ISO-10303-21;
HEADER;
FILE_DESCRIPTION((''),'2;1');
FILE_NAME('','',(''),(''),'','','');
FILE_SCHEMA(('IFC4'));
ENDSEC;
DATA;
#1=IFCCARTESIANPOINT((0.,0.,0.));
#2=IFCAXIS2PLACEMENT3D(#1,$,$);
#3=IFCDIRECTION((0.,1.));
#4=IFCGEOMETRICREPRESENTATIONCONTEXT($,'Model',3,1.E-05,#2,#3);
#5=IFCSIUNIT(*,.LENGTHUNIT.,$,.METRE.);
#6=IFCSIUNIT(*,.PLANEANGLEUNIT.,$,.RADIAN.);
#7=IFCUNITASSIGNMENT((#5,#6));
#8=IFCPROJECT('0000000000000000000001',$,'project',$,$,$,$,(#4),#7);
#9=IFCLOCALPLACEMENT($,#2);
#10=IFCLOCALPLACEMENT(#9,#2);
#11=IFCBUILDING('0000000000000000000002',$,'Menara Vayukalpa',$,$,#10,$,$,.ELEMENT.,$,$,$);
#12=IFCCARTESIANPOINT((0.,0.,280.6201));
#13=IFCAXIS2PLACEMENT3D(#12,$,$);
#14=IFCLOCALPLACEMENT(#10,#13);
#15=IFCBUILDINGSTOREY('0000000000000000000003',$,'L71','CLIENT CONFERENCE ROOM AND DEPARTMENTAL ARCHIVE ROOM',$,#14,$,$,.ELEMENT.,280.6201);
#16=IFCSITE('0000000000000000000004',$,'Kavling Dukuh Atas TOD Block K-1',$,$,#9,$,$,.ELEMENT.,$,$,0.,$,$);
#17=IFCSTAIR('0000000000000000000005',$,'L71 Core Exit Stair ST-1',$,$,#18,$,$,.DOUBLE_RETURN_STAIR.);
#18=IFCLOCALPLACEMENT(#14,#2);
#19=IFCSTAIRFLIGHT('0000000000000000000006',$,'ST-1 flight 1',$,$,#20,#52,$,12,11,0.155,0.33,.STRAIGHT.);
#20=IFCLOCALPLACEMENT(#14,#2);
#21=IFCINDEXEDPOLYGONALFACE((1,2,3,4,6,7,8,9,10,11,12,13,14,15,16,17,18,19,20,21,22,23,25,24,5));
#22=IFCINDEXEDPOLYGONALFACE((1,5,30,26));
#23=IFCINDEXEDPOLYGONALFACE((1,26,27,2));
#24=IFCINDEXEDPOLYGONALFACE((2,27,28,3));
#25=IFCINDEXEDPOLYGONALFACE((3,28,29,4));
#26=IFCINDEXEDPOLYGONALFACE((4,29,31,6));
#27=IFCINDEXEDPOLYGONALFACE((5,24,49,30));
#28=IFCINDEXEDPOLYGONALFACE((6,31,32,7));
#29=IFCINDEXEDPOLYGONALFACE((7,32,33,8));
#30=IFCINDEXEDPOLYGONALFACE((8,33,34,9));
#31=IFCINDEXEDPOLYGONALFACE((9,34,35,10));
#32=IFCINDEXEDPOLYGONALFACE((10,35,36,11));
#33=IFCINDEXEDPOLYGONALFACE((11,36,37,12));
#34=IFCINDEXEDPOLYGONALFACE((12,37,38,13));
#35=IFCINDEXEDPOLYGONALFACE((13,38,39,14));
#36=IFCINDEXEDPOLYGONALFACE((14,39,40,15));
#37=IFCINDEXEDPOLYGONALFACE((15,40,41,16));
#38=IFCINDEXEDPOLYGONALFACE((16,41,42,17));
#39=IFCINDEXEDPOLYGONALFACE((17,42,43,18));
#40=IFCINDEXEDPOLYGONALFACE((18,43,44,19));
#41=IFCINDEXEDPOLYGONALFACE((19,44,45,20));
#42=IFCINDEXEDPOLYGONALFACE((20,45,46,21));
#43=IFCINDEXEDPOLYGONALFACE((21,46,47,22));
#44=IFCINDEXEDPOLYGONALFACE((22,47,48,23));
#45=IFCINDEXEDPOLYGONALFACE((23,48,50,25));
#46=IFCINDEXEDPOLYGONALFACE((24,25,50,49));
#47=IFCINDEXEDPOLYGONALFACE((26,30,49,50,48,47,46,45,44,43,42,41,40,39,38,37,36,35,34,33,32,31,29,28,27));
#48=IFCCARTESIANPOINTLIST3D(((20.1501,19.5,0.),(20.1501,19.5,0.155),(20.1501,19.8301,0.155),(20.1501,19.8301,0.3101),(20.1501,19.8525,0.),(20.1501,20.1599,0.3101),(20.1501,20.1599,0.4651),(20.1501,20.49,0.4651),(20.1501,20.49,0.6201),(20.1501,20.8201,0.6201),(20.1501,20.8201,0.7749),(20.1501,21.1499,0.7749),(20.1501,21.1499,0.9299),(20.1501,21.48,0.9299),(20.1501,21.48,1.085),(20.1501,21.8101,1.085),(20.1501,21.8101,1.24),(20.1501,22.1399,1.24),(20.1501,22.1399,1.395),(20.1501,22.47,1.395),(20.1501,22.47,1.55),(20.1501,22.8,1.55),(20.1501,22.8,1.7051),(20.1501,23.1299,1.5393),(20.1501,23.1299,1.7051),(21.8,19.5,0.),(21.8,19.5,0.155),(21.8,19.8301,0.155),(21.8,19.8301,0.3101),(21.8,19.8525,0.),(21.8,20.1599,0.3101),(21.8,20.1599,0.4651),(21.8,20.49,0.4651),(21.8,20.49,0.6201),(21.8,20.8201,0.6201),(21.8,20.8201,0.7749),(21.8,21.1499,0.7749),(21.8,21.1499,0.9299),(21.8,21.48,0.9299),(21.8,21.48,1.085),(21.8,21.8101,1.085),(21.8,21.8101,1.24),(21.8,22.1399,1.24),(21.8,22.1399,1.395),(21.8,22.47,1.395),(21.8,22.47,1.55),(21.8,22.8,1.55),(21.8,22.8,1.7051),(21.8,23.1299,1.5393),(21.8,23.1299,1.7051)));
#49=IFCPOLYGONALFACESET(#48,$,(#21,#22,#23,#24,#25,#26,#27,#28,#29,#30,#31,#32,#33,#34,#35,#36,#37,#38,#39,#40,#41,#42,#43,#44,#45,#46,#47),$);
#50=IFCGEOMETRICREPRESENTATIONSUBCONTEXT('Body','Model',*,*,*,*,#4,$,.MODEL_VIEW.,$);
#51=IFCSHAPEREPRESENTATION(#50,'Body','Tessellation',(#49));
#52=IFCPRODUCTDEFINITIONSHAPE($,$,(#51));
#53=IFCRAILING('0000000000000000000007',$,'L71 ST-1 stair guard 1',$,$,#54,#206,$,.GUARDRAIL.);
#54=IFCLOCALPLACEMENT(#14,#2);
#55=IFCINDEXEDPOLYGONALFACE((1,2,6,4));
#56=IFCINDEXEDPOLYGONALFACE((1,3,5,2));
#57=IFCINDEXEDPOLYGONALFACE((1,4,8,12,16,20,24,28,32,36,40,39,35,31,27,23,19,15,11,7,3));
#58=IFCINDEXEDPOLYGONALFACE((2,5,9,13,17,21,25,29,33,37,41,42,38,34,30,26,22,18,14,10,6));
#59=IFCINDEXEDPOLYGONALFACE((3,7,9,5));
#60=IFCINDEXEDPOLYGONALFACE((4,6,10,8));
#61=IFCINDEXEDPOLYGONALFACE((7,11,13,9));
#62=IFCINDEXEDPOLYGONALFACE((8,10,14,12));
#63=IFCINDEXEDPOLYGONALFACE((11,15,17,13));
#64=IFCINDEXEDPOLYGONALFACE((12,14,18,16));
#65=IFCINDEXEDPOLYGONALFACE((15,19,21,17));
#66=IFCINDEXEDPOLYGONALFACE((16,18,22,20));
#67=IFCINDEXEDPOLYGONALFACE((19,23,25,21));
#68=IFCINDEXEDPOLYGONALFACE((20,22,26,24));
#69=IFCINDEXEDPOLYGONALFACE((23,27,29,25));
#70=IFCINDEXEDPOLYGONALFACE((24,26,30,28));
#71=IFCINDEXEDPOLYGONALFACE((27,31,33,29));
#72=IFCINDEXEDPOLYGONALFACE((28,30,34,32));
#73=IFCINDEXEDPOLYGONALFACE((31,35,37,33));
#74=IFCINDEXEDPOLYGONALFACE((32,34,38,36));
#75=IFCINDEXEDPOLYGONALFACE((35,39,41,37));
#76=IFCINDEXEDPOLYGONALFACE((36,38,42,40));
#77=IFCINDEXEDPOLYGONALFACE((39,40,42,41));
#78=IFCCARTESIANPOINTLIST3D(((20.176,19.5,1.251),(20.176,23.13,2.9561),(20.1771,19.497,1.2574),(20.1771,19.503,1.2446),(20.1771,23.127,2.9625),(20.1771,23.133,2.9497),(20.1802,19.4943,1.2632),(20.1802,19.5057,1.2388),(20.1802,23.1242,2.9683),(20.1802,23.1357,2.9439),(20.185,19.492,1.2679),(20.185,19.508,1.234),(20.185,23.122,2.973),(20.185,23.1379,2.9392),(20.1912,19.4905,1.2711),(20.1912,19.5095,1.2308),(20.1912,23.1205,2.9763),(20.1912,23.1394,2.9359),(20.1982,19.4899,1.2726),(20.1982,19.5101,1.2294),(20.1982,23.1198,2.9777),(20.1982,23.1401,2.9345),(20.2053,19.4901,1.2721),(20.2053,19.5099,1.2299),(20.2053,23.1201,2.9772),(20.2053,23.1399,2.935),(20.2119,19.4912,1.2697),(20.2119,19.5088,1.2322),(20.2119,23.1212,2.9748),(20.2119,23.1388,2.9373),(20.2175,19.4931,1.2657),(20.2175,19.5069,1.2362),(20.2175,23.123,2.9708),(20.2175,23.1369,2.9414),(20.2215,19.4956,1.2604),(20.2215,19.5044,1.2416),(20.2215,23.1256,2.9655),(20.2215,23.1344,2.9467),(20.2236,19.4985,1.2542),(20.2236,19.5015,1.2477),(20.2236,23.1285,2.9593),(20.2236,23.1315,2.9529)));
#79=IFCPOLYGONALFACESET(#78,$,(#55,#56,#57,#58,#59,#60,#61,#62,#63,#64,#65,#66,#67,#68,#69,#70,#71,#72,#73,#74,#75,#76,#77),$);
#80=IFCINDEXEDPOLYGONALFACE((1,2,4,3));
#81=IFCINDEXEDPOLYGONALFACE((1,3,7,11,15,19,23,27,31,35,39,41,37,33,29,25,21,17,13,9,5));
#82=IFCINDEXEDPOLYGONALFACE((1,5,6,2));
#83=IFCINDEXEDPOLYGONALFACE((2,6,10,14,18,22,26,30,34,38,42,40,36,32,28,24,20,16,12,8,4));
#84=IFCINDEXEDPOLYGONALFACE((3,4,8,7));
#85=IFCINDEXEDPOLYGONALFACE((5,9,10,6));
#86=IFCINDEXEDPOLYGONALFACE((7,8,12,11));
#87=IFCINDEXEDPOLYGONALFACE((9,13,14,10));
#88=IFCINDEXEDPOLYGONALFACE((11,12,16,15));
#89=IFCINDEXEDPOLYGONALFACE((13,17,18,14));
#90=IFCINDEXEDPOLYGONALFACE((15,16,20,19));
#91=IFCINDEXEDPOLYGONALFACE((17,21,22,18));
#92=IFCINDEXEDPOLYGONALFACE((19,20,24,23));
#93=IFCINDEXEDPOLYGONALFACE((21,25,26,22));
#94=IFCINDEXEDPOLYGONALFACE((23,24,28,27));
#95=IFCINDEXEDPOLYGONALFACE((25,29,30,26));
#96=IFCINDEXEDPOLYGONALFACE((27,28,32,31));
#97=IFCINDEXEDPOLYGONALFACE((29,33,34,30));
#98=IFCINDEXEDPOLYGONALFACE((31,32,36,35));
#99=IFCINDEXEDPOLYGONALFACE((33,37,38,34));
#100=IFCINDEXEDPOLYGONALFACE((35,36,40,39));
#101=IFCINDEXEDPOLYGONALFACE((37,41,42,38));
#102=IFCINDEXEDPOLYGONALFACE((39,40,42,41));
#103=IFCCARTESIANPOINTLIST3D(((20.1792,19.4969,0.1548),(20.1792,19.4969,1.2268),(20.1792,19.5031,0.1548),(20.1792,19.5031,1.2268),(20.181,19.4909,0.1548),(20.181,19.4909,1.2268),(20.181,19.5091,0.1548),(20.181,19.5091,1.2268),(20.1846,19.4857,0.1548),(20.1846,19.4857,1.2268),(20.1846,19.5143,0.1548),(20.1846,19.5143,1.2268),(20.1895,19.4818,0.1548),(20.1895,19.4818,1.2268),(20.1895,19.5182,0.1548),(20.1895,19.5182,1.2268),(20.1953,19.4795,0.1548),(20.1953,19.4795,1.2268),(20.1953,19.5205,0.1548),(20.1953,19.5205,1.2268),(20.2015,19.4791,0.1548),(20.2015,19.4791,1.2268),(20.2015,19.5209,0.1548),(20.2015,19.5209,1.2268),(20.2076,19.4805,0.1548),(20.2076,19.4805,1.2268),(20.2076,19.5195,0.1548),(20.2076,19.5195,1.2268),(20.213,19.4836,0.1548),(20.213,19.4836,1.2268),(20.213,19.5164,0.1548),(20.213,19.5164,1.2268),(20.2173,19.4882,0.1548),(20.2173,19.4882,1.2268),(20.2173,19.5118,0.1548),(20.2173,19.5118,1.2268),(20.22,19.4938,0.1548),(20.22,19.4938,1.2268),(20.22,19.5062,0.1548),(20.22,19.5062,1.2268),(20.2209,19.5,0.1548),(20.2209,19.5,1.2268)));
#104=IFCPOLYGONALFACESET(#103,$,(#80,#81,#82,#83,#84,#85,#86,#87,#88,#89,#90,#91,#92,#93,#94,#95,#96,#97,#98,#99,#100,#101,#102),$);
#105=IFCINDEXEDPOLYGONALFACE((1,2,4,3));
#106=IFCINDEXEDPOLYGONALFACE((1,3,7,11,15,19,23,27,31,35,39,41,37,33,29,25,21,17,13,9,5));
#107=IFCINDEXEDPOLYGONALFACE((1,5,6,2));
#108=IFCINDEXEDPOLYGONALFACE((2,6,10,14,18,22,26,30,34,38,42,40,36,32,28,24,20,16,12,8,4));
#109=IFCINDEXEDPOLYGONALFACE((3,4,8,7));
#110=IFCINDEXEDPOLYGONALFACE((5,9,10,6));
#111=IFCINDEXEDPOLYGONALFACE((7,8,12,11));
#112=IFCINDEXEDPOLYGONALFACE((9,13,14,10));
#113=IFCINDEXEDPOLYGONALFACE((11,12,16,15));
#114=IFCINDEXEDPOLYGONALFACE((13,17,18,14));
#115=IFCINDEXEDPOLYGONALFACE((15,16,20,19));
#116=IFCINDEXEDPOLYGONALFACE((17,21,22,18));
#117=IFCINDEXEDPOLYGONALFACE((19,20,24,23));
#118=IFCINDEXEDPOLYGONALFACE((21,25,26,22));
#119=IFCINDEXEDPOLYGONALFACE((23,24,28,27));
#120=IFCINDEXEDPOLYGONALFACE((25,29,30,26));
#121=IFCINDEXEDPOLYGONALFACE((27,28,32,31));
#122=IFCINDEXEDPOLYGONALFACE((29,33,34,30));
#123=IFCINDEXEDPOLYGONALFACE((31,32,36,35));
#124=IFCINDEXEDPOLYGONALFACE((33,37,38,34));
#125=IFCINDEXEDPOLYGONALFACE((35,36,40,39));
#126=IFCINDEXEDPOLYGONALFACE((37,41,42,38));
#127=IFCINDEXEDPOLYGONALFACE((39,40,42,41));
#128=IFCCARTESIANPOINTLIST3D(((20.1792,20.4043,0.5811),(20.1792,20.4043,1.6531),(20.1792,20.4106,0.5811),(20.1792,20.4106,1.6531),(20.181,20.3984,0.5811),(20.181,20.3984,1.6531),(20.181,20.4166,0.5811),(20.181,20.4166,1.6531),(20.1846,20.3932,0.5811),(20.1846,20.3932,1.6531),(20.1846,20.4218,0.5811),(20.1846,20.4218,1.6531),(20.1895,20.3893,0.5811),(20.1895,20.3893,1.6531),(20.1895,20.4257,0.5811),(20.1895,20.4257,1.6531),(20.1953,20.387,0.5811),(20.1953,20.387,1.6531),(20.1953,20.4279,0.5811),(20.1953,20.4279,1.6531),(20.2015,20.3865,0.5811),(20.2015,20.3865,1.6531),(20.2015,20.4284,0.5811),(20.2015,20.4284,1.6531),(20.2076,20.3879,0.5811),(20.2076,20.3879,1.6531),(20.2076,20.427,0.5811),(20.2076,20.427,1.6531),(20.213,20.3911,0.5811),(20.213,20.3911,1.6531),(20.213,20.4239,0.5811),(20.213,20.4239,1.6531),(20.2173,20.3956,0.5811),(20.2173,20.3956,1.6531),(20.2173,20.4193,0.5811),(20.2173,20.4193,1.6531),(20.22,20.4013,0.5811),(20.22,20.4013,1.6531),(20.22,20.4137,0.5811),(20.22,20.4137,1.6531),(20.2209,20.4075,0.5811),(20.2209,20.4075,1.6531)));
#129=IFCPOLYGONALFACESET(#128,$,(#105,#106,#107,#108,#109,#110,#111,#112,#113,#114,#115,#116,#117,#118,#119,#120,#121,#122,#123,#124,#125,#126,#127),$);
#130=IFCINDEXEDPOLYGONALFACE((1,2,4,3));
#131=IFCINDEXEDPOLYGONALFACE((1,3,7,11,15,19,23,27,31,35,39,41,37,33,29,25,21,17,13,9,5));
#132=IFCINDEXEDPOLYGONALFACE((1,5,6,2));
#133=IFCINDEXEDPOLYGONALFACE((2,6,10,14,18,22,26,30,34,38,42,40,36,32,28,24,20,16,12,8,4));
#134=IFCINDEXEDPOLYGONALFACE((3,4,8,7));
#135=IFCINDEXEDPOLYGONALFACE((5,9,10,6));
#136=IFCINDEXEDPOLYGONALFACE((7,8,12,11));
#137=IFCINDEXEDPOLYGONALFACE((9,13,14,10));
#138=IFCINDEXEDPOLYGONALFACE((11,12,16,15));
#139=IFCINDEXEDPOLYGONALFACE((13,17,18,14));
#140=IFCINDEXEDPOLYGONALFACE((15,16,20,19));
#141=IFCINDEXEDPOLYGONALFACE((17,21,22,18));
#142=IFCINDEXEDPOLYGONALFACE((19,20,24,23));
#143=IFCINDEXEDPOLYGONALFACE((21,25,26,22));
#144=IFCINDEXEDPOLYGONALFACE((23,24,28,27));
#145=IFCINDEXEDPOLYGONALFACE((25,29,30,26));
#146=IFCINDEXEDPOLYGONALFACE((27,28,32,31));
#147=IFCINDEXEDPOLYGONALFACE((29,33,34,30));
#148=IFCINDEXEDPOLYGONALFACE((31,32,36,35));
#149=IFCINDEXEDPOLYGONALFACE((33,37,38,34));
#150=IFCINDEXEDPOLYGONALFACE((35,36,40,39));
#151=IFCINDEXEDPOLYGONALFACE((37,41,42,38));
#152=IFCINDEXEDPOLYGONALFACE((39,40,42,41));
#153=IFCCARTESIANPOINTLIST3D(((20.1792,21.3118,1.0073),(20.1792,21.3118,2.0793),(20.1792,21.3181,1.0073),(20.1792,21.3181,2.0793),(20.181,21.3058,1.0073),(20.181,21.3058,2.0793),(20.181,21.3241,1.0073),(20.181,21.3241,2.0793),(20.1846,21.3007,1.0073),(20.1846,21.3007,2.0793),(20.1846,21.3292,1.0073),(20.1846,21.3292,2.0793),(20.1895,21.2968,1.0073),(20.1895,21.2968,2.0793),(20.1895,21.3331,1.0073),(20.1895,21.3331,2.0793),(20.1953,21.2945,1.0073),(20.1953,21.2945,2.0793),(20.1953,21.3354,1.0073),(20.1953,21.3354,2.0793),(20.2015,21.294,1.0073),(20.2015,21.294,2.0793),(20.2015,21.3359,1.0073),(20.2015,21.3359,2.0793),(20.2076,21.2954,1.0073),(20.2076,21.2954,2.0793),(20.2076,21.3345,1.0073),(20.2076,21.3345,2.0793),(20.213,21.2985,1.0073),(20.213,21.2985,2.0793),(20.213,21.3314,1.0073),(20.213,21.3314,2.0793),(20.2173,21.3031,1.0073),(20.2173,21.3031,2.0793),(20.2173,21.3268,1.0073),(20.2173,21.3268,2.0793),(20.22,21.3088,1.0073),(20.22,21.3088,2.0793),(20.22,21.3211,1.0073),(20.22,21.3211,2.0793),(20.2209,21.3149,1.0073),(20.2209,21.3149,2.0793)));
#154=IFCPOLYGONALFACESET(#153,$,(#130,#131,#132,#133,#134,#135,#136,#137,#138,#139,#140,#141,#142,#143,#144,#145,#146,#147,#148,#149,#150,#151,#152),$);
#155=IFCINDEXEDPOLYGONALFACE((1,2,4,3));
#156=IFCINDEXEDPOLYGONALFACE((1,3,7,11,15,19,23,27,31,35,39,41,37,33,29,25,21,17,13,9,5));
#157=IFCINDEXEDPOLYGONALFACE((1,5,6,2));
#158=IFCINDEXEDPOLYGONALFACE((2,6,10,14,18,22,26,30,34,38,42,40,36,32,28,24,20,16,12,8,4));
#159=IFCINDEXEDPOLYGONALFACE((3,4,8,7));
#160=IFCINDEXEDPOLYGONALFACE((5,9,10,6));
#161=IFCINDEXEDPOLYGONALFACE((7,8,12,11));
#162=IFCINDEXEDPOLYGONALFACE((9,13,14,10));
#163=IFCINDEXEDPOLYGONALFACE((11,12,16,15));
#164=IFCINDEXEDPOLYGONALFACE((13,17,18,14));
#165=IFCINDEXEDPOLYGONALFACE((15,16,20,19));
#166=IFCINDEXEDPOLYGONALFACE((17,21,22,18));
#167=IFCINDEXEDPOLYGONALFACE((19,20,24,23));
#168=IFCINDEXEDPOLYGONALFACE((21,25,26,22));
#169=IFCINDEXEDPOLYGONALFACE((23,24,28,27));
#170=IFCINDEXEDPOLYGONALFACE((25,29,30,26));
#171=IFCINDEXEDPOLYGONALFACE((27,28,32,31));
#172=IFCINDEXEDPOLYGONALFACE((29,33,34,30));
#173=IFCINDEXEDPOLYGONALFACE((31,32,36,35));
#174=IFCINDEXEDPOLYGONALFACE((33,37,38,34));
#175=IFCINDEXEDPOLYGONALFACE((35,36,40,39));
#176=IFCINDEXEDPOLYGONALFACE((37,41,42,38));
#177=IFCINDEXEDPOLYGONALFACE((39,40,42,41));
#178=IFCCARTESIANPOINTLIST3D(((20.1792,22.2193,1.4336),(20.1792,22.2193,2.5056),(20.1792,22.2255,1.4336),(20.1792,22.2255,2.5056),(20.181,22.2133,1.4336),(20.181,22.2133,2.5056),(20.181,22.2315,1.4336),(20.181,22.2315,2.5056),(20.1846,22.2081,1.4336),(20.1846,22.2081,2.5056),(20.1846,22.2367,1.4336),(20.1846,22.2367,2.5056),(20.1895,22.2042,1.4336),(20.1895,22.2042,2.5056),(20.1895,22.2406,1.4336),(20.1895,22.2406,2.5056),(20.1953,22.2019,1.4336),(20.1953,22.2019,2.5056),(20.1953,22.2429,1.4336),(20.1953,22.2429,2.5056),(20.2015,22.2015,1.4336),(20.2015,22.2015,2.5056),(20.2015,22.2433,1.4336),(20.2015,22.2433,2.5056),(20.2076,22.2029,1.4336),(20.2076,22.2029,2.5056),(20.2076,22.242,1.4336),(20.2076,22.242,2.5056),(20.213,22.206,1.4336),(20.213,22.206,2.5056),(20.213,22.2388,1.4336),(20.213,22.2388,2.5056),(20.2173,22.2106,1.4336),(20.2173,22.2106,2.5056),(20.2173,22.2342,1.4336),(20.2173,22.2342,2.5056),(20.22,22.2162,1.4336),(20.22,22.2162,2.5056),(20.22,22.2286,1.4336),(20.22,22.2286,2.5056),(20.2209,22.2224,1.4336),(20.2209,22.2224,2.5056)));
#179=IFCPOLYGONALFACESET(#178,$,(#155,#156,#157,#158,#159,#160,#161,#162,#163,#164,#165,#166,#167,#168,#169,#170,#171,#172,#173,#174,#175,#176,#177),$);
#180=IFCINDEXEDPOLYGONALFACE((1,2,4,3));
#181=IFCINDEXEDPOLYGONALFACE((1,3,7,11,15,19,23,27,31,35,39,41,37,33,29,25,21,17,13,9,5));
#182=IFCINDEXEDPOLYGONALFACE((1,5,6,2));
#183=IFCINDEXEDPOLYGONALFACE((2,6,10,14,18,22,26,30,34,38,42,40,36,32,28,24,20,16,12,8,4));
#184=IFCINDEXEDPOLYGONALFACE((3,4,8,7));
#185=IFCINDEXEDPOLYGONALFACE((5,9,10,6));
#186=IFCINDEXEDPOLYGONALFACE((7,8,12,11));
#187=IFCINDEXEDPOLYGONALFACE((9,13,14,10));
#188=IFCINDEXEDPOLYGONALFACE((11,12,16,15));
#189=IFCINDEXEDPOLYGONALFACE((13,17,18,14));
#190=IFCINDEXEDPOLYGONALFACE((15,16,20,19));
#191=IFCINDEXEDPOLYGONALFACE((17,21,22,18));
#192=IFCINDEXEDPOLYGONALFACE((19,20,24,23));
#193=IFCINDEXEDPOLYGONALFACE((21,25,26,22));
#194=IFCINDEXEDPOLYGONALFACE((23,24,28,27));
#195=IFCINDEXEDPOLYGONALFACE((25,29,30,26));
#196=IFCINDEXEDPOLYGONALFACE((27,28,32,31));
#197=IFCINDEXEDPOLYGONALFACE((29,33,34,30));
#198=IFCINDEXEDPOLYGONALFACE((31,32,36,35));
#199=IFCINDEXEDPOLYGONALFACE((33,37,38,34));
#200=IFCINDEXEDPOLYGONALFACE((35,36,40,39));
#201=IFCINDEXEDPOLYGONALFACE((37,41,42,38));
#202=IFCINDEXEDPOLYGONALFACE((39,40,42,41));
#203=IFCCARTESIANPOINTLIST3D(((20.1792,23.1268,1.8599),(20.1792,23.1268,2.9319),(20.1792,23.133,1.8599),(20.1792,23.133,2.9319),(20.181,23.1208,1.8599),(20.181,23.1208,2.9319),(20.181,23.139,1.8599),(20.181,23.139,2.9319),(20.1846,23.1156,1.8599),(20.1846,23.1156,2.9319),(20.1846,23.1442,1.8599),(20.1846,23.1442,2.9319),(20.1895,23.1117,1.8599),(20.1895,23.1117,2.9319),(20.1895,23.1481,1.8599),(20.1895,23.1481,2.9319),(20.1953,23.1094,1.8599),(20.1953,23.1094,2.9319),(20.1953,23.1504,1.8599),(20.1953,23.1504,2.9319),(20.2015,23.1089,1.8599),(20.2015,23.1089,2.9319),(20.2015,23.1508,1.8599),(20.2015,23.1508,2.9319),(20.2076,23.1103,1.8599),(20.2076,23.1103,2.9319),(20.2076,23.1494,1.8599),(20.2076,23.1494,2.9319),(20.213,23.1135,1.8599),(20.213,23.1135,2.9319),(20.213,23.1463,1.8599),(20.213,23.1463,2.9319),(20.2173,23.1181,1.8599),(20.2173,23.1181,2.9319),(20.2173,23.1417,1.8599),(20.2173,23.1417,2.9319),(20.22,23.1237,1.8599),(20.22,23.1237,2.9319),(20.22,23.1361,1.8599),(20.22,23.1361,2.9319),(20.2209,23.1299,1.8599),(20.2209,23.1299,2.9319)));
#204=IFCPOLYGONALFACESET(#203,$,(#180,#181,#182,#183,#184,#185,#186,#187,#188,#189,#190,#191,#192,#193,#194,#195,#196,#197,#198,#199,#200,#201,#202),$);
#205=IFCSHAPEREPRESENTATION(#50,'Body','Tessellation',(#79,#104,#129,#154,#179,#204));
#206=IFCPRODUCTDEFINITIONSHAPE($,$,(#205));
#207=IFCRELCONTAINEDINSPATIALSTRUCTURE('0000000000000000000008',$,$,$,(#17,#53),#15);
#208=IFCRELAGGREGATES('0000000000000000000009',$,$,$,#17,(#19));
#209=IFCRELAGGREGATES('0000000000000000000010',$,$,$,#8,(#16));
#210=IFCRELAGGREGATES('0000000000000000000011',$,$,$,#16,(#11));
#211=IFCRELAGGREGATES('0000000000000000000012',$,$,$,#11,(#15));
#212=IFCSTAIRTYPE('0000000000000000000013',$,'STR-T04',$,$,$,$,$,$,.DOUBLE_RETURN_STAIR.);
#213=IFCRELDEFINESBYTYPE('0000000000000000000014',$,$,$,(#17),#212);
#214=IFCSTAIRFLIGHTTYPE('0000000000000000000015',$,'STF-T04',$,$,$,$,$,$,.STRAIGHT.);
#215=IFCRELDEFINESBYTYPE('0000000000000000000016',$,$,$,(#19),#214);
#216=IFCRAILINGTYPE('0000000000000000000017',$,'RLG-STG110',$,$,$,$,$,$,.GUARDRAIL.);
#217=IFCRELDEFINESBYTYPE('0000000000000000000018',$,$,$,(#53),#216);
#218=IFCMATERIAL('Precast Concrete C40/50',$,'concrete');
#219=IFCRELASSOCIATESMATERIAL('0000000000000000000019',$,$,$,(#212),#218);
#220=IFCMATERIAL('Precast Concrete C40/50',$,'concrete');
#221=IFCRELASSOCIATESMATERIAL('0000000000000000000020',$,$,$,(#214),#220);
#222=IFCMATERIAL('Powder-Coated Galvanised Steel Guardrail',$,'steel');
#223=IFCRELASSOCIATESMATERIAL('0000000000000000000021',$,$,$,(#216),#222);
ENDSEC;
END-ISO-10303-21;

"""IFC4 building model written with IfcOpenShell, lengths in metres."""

from ifc_helpers import new_model, si_unit, direction, frame, origin, origin_2d, place, context, subcontext, project, spatial, polyline, circle, outline, extrude, material, type_object, element, aggregate, save


model = new_model("IFC4")

# Units and contexts
model_context = context("Model", 3, precision=1e-05, world=origin(), true_north=direction((0.0, 1.0)))
body_context = subcontext(model_context, "Body", "Model", "MODEL_VIEW")
ifc_project = project(units=[si_unit("LENGTHUNIT", "METRE"), si_unit("PLANEANGLEUNIT", "RADIAN")], contexts=[model_context])

# Site, building, storey
site_placement = place(None, origin())
site = spatial("IfcSite", under=ifc_project, at=site_placement, Name="Kavling Dukuh Atas TOD Block K-1", CompositionType="ELEMENT", RefElevation=0.0)
building_placement = place(site_placement, origin())
building = spatial("IfcBuilding", under=site, at=building_placement, Name="Menara Vayukalpa", CompositionType="ELEMENT")
storey_placement = place(building_placement, frame((0.0, 0.0, 280.6201)))
storey = spatial("IfcBuildingStorey", under=building, at=storey_placement, Name="L71", Description="CLIENT CONFERENCE ROOM AND DEPARTMENTAL ARCHIVE ROOM", CompositionType="ELEMENT", Elevation=280.6201)

# Stair, stair flight
ifc_material_1 = material(Name="Precast Concrete C40/50", Category="concrete")
stair_type = type_object("IfcStairType", Name="STR-T04", PredefinedType="DOUBLE_RETURN_STAIR", material=ifc_material_1)
stair_placement = place(storey_placement, origin())
stair = element("IfcStair", 1, at=stair_placement, inside=storey, type_object=stair_type, Name="L71 Core Exit Stair ST-1", PredefinedType="DOUBLE_RETURN_STAIR")
ifc_material_2 = material(Name="Precast Concrete C40/50", Category="concrete")
stair_flight_type = type_object("IfcStairFlightType", Name="STF-T04", PredefinedType="STRAIGHT", material=ifc_material_2)
stair_flight_placement = place(storey_placement, frame((20.9751, 19.5, 0.0), z_axis=(0.0, 0.0, 1.0), x_axis=(0.0, 1.0, 0.0)))
stair_flight = element("IfcStairFlight", 2, at=stair_flight_placement, type_object=stair_flight_type, Name="ST-1 flight 1", NumberOfRisers=12, NumberOfTreads=11, PredefinedType="STRAIGHT", RiserHeight=0.155, TreadLength=0.33, context=body_context, shape_type="SweptSolid", body=[
    extrude(outline(polyline([(0.0, 0.0), (0.0, 0.155), (0.3301, 0.155), (0.3301, 0.3101), (0.6599, 0.3101), (0.6599, 0.4651), (0.99, 0.4651), (0.99, 0.6201), (1.3201, 0.6201), (1.3201, 0.7749), (1.6499, 0.7749), (1.6499, 0.9299), (1.98, 0.9299), (1.98, 1.085), (2.3101, 1.085), (2.3101, 1.24), (2.6399, 1.24), (2.6399, 1.395), (2.97, 1.395), (2.97, 1.55), (3.3, 1.55), (3.3, 1.7051), (3.6299, 1.7051), (3.6299, 1.8601), (3.6299, 1.5393), (0.3525, 0.0), (0.0, 0.0)])), frame((0.0, 0.825, 0.0), z_axis=(0.0, -1.0, 0.0), x_axis=(1.0, 0.0, 0.0)), (0.0, 0.0, 1.0), 1.6499),
])
aggregate(stair, [stair_flight])

# Railing
ifc_material_3 = material(Name="Powder-Coated Galvanised Steel Guardrail", Category="steel")
railing_type_1 = type_object("IfcRailingType", Name="RLG-STG110", PredefinedType="GUARDRAIL", material=ifc_material_3)
railing_1_placement = place(storey_placement, frame((20.2, 19.5, 0.1548)))
element("IfcRailing", 3, at=railing_1_placement, inside=storey, type_object=railing_type_1, Name="L71 ST-1 stair guard 1", PredefinedType="GUARDRAIL", context=body_context, shape_type="SweptSolid", body=[
    extrude(circle(Radius=0.0239, at=origin_2d()), frame((0.0, 0.0, 1.0962), z_axis=(0.0, 0.905116, 0.425164), x_axis=(-1.0, 0.0, 0.0)), (0.0, 0.0, 1.0), 4.0105),
    extrude(circle(Radius=0.021, at=origin_2d()), origin(), (0.0, 0.0, 1.0), 1.072),
    extrude(circle(Radius=0.021, at=origin_2d()), frame((0.0, 0.9075, 0.4263)), (0.0, 0.0, 1.0), 1.072),
    extrude(circle(Radius=0.021, at=origin_2d()), frame((0.0, 1.8149, 0.8525)), (0.0, 0.0, 1.0), 1.072),
    extrude(circle(Radius=0.021, at=origin_2d()), frame((0.0, 2.7224, 1.2788)), (0.0, 0.0, 1.0), 1.072),
    extrude(circle(Radius=0.021, at=origin_2d()), frame((0.0, 3.6299, 1.7051)), (0.0, 0.0, 1.0), 1.072),
])

save(model, "model.ifc")
